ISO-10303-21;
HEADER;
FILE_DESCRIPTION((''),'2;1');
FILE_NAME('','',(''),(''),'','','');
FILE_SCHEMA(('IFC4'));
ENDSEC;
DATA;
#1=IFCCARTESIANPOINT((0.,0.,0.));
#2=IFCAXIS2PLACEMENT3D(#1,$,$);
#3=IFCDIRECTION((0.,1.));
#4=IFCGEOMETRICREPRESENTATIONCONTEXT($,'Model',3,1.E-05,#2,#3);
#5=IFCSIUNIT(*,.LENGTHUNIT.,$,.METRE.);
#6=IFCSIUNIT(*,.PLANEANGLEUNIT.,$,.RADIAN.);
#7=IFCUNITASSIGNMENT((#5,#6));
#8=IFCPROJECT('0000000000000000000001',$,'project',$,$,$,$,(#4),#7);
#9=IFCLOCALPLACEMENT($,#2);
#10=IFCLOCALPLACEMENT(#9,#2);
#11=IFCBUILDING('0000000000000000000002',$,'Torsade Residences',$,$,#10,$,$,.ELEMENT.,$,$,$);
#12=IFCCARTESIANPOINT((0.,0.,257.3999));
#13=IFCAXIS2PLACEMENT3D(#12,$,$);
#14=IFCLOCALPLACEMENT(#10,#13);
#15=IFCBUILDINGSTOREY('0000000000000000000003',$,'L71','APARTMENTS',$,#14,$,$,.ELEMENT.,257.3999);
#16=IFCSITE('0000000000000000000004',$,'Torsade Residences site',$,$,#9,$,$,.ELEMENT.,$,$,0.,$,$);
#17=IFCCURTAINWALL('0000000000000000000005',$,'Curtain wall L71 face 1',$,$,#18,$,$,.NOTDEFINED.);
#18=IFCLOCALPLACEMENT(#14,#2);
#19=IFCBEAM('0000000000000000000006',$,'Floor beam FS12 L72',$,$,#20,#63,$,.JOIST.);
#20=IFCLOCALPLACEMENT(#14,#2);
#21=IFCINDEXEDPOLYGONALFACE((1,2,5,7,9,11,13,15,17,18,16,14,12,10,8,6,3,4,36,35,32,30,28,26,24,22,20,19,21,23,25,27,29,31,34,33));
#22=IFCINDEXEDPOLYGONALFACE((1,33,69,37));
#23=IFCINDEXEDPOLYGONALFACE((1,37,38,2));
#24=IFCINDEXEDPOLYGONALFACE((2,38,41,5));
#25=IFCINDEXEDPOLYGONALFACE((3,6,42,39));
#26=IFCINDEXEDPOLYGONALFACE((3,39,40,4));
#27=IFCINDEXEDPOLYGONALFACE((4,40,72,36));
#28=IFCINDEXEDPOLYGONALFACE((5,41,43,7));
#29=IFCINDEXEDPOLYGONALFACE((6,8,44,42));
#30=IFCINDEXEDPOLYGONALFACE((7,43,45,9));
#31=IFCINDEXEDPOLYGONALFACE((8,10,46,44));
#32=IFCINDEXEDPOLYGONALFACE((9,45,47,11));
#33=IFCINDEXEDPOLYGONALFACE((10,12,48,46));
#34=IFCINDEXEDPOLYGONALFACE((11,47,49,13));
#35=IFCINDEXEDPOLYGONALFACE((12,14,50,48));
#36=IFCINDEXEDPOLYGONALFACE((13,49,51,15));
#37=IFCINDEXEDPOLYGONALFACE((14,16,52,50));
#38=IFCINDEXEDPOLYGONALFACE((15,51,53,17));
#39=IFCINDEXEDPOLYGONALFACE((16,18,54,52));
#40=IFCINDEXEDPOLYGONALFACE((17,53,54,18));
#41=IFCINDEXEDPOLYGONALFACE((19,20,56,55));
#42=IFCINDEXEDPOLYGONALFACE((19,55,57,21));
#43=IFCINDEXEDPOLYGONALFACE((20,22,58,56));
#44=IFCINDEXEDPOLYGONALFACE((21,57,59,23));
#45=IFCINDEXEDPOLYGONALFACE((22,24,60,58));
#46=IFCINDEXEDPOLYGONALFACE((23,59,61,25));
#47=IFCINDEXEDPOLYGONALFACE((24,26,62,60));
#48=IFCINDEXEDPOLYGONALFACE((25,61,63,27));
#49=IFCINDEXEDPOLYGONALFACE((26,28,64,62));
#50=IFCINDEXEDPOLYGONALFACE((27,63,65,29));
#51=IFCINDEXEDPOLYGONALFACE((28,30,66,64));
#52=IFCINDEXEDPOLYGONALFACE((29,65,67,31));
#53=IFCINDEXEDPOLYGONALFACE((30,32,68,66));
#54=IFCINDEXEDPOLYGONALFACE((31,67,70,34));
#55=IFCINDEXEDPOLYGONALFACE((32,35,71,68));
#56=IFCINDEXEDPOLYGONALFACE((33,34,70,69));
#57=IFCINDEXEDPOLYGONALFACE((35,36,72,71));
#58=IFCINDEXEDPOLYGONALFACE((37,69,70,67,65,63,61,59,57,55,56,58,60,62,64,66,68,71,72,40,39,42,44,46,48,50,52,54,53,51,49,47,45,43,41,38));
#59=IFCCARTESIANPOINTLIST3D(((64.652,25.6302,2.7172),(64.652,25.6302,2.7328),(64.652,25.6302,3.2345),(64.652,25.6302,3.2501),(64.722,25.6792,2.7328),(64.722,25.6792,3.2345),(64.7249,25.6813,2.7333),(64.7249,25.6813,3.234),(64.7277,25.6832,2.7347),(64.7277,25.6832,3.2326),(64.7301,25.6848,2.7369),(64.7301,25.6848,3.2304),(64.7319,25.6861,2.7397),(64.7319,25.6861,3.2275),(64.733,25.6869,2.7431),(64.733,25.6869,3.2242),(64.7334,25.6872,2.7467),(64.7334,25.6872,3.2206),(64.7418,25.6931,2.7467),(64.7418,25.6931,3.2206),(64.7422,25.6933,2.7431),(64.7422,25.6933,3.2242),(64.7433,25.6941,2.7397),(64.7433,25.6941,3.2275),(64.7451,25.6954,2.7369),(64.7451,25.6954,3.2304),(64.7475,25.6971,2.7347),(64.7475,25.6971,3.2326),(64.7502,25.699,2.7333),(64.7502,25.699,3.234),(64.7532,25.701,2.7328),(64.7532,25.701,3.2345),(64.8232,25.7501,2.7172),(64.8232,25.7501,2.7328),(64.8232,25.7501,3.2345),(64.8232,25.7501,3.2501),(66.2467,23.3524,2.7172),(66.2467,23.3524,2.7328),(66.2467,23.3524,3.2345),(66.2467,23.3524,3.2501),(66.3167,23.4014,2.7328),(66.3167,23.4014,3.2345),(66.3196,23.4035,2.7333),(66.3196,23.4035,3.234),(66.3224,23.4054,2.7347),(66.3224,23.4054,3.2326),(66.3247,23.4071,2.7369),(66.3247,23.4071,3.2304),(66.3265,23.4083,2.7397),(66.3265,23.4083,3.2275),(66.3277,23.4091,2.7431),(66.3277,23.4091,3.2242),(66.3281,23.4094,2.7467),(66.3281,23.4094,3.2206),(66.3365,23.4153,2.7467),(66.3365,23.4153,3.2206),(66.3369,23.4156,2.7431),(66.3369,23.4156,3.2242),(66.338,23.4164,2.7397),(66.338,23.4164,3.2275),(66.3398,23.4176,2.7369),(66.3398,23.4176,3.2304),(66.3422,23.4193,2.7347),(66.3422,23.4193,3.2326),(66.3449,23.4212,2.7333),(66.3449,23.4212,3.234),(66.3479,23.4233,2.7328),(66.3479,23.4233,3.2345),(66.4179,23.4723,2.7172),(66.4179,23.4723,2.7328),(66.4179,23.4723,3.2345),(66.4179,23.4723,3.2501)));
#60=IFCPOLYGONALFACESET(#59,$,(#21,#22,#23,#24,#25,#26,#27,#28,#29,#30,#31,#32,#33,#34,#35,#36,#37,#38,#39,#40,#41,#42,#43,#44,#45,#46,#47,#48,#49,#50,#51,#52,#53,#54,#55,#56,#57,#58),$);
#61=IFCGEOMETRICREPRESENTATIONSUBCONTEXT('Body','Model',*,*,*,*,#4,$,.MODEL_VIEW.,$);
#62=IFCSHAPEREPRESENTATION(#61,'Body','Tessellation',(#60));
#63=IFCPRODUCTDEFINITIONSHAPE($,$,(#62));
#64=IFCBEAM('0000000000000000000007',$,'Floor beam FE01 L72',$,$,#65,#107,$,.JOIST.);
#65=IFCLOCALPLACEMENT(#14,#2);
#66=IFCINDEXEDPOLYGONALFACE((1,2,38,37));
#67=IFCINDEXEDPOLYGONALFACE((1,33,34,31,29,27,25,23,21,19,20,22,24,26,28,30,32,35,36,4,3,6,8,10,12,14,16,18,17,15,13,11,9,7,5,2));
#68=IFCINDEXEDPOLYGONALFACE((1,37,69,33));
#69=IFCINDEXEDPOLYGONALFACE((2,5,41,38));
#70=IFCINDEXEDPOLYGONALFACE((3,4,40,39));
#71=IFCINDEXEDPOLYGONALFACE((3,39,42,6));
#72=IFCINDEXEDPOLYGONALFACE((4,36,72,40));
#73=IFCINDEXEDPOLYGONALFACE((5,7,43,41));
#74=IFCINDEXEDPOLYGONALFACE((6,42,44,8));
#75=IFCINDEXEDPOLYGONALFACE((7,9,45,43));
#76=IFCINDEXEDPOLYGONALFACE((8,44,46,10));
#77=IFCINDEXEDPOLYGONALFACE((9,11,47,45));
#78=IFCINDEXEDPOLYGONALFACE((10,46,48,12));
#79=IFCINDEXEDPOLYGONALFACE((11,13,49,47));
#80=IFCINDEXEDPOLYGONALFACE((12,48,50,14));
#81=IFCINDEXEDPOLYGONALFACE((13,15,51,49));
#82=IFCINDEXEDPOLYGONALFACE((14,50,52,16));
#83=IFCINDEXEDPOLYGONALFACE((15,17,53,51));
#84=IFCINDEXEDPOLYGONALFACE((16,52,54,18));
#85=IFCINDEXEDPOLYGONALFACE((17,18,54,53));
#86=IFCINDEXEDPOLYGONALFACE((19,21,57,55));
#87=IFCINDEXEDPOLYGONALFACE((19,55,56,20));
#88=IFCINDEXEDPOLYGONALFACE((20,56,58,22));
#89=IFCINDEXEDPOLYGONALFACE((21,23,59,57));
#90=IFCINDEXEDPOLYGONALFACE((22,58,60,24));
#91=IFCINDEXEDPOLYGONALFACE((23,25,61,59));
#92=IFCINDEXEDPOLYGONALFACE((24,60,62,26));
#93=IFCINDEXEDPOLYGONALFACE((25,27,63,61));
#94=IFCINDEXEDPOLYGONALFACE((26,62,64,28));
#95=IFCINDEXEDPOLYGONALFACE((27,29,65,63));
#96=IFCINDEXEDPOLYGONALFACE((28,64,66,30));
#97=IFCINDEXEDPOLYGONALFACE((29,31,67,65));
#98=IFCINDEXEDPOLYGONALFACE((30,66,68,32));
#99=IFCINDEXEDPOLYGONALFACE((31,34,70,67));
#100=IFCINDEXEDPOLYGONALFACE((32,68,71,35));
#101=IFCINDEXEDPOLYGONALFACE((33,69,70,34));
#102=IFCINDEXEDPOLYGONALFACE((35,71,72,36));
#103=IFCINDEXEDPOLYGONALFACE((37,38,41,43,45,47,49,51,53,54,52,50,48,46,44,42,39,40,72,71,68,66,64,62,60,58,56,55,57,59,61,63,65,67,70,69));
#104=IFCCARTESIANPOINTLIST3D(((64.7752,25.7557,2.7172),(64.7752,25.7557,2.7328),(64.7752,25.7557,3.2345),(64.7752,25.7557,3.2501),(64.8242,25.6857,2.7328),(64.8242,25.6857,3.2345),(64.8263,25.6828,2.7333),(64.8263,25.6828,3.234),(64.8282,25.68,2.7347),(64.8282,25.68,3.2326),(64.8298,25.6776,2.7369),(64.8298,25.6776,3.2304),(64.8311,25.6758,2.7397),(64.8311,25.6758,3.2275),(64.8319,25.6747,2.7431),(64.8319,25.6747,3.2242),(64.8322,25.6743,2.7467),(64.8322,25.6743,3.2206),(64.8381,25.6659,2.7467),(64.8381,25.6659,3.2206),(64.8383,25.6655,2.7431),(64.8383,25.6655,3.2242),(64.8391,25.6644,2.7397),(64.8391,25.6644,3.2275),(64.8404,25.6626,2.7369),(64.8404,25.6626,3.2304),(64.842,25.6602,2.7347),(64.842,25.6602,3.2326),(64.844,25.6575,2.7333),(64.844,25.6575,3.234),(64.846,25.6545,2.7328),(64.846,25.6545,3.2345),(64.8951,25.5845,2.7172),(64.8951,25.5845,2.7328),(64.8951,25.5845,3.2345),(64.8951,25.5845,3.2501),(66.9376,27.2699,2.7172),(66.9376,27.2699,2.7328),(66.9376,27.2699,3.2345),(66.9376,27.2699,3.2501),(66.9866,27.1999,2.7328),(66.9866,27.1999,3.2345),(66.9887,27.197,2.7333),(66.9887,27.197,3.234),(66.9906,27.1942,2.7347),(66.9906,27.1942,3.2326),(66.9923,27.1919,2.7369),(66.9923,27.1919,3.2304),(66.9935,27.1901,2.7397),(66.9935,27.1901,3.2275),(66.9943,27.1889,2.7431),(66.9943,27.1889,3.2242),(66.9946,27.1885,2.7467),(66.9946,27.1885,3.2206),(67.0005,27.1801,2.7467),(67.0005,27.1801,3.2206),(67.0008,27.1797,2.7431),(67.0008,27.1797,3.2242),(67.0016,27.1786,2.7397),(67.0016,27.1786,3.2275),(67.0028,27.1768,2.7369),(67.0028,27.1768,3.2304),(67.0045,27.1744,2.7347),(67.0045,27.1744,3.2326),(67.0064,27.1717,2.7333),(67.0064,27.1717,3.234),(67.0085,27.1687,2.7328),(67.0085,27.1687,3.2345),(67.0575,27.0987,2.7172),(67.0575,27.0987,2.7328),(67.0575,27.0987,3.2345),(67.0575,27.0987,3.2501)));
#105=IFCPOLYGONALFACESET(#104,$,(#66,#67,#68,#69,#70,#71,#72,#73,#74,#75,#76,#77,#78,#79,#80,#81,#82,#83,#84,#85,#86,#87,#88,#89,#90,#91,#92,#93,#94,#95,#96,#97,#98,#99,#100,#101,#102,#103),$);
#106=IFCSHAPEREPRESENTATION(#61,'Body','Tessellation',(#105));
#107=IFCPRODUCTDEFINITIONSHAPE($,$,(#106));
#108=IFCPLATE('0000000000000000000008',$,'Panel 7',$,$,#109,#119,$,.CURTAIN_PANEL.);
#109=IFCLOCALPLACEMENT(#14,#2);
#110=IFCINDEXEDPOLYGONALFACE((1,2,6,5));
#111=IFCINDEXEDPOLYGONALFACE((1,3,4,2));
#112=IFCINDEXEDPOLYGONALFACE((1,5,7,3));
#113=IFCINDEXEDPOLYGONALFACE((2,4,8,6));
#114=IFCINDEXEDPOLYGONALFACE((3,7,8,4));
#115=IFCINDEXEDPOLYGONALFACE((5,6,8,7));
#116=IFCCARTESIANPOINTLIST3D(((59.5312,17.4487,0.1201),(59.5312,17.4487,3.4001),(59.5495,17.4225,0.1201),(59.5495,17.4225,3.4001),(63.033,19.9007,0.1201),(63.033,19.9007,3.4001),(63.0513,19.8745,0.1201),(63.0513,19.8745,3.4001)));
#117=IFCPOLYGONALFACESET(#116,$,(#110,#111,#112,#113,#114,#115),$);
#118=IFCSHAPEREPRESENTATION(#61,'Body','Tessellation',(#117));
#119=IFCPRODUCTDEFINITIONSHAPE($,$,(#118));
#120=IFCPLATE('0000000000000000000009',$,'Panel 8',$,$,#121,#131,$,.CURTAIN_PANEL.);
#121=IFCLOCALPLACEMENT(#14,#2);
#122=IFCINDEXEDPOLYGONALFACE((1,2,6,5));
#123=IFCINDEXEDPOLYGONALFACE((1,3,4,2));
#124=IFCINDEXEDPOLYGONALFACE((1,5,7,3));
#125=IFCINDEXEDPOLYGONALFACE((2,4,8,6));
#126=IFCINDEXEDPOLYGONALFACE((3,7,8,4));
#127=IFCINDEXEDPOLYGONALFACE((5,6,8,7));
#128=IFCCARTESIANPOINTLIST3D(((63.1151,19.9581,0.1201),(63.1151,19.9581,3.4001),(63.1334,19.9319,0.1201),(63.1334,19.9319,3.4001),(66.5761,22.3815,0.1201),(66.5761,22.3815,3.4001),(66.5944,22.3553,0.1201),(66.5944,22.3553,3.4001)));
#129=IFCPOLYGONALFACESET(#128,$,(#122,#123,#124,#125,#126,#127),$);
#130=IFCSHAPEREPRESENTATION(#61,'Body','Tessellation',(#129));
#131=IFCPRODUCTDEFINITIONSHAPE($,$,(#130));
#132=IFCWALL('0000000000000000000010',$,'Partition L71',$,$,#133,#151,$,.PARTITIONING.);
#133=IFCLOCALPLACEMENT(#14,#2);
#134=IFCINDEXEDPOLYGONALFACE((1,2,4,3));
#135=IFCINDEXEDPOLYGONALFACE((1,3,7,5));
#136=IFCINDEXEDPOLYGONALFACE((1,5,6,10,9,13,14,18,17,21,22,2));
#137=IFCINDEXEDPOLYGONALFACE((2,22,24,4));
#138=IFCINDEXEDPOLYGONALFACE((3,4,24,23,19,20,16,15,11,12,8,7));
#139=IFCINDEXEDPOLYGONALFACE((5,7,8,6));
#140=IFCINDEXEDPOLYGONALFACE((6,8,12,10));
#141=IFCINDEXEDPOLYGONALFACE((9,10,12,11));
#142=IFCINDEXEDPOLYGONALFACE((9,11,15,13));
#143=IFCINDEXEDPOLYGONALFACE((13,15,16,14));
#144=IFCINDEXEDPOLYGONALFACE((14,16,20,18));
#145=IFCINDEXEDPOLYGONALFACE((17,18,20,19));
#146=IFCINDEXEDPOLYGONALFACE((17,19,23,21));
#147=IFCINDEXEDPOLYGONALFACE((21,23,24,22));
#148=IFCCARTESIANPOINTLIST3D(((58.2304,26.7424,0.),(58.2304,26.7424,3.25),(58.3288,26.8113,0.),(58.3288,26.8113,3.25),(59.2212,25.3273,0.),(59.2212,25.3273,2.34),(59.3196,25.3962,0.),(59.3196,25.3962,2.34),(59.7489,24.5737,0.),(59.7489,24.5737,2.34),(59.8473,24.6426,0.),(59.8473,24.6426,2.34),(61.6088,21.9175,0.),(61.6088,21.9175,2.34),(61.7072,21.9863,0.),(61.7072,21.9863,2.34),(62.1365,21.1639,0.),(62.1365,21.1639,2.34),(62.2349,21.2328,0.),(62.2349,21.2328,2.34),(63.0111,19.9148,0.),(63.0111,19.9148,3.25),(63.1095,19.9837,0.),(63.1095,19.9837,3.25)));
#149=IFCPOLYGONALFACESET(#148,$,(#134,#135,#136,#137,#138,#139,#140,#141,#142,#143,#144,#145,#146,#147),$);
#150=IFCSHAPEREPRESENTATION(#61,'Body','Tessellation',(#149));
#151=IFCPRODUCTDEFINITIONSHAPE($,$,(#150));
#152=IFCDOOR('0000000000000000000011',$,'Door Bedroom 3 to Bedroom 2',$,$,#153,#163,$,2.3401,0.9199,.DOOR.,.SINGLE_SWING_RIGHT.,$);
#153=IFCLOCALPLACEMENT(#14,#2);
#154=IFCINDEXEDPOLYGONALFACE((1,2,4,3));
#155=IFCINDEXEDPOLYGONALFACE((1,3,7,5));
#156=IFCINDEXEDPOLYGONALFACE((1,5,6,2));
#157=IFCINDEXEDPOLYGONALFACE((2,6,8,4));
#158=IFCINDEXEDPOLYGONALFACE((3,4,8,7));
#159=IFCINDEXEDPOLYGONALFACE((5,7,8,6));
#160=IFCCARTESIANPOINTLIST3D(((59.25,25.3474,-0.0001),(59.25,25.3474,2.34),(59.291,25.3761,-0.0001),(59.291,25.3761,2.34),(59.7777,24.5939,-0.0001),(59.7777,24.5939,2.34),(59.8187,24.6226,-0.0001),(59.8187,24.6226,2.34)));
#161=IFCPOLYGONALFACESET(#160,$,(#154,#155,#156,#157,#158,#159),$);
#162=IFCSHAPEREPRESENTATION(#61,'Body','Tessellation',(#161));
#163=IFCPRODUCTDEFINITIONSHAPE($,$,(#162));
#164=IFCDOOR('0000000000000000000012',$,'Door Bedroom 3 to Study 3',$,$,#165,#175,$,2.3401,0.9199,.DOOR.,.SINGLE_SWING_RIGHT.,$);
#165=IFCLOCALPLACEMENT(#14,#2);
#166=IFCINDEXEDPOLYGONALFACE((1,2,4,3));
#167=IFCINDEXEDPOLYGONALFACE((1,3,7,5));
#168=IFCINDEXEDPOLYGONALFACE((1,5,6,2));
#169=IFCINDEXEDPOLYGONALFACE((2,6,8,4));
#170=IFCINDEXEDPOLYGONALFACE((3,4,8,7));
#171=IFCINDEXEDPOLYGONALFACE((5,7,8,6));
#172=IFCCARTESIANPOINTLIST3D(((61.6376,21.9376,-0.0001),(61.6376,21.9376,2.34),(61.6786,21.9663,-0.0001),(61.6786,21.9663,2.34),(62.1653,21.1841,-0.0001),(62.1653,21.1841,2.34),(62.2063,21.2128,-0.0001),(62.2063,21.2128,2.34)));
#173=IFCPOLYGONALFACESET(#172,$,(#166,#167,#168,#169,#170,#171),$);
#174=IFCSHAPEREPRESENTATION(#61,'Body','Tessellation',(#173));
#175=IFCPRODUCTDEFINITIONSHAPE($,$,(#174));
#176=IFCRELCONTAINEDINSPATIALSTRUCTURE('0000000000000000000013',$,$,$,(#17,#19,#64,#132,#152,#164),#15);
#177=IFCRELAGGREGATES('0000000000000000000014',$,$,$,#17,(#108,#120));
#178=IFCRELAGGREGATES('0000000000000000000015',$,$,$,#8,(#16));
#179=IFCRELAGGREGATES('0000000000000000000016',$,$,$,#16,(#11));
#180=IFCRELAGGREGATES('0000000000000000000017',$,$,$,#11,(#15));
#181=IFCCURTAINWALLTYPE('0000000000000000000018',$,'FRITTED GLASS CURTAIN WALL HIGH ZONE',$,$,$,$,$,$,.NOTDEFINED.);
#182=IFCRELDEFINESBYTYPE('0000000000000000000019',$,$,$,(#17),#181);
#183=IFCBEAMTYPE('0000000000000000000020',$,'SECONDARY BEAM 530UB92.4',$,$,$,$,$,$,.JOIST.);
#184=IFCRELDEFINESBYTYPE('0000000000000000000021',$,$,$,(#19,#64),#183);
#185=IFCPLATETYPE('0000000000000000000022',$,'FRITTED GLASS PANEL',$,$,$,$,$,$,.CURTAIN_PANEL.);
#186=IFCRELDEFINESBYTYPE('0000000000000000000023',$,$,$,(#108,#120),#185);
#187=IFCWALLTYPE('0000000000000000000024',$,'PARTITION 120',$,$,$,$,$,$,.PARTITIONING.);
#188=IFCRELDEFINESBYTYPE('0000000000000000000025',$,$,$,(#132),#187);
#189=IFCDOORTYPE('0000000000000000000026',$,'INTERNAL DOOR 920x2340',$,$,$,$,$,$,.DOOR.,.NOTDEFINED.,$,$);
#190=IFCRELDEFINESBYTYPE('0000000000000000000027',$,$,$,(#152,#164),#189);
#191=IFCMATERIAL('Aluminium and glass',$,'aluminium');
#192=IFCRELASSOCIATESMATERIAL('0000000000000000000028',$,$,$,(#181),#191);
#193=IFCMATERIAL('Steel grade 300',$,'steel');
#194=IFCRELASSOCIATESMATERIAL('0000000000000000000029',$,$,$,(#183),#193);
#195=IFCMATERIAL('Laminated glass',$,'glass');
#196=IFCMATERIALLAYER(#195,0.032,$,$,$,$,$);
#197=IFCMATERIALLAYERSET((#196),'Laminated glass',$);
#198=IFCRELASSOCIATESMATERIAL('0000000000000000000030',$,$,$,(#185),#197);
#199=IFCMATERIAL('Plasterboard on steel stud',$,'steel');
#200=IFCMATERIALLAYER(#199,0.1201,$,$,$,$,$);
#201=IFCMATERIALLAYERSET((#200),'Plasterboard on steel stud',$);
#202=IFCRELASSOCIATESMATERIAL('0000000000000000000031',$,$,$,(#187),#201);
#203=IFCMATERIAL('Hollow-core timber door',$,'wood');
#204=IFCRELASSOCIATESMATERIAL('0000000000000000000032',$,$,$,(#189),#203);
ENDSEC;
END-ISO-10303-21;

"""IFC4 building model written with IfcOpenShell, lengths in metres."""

from ifc_helpers import new_model, si_unit, direction, frame, frame_2d, origin, origin_2d, place, context, subcontext, project, spatial, rectangle, i_section, extrude, material, layer, layer_set, material_profile, profile_set, type_object, element, fill, aggregate, save


model = new_model("IFC4")

# Units and contexts
model_context = context("Model", 3, precision=1e-05, world=origin(), true_north=direction((0.0, 1.0)))
body_context = subcontext(model_context, "Body", "Model", "MODEL_VIEW")
ifc_project = project(units=[si_unit("LENGTHUNIT", "METRE"), si_unit("PLANEANGLEUNIT", "RADIAN")], contexts=[model_context])

# Site, building, storey
site_placement = place(None, origin())
site = spatial("IfcSite", under=ifc_project, at=site_placement, Name="Torsade Residences site", CompositionType="ELEMENT", RefElevation=0.0)
building_placement = place(site_placement, origin())
building = spatial("IfcBuilding", under=site, at=building_placement, Name="Torsade Residences", CompositionType="ELEMENT")
storey_placement = place(building_placement, frame((0.0, 0.0, 257.3999)))
storey = spatial("IfcBuildingStorey", under=building, at=storey_placement, Name="L71", Description="APARTMENTS", CompositionType="ELEMENT", Elevation=257.3999)

# Curtain wall
ifc_material_1 = material(Name="Aluminium and glass", Category="aluminium")
curtain_wall_type = type_object("IfcCurtainWallType", Name="FRITTED GLASS CURTAIN WALL HIGH ZONE", PredefinedType="NOTDEFINED", material=ifc_material_1)
curtain_wall_1_placement = place(storey_placement, origin())
curtain_wall_1 = element("IfcCurtainWall", 1, at=curtain_wall_1_placement, inside=storey, type_object=curtain_wall_type, Name="Curtain wall L71 face 1", PredefinedType="NOTDEFINED")

# Beams
ifc_material_2 = material(Name="Steel grade 300", Category="steel")
ifc_material_profile_1 = material_profile(ifc_material_2, i_section(OverallWidth=0.209, OverallDepth=0.533, WebThickness=0.0103, FlangeThickness=0.0156, FilletRadius=0.0139, at=origin_2d()), Name="530UB92.4")
ifc_profile_set_1 = profile_set([ifc_material_profile_1], Name="Steel grade 300")
beam_type_1 = type_object("IfcBeamType", Name="SECONDARY BEAM 530UB92.4", PredefinedType="JOIST", material=ifc_profile_set_1)
beam_1_placement = place(storey_placement, frame((66.3323, 23.4124, 2.9836), z_axis=(-0.573521, 0.819191, 0.0), x_axis=(-0.819191, -0.573521, 0.0)))
element("IfcBeam", 2, at=beam_1_placement, inside=storey, type_object=beam_type_1, Name="Floor beam FS12 L72", PredefinedType="JOIST", context=body_context, shape_type="SweptSolid", body=[
    extrude(i_section(OverallWidth=0.209, OverallDepth=0.533, WebThickness=0.0103, FlangeThickness=0.0156, FilletRadius=0.0139, at=origin_2d()), origin(), (0.0, 0.0, 1.0), 2.7805),
])
beam_2_placement = place(storey_placement, frame((66.9976, 27.1843, 2.9836), z_axis=(-0.819141, -0.573593, 0.0), x_axis=(0.573593, -0.819141, 0.0)))
element("IfcBeam", 3, at=beam_2_placement, inside=storey, type_object=beam_type_1, Name="Floor beam FE01 L72", PredefinedType="JOIST", context=body_context, shape_type="SweptSolid", body=[
    extrude(i_section(OverallWidth=0.209, OverallDepth=0.533, WebThickness=0.0103, FlangeThickness=0.0156, FilletRadius=0.0139, at=origin_2d()), origin(), (0.0, 0.0, 1.0), 2.6399),
])

# Plates
ifc_material_3 = material(Name="Laminated glass", Category="glass")
ifc_layer_1 = layer(ifc_material_3, 0.032)
ifc_layer_set_1 = layer_set([ifc_layer_1], Name="Laminated glass")
plate_type = type_object("IfcPlateType", Name="FRITTED GLASS PANEL", PredefinedType="CURTAIN_PANEL", material=ifc_layer_set_1)
plate_1_placement = place(storey_placement, frame((61.2913, 18.6616, 0.1201), z_axis=(0.0, 0.0, 1.0), x_axis=(0.819152, 0.573576, 0.0)))
plate_1 = element("IfcPlate", 4, at=plate_1_placement, type_object=plate_type, Name="Panel 7", PredefinedType="CURTAIN_PANEL", context=body_context, shape_type="SweptSolid", body=[
    extrude(rectangle(XDim=4.2749, YDim=0.032, at=origin_2d()), origin(), (0.0, 0.0, 1.0), 3.28),
])
plate_2_placement = place(storey_placement, frame((64.8547, 21.1567, 0.1201), z_axis=(0.0, 0.0, 1.0), x_axis=(0.819152, 0.573576, 0.0)))
plate_2 = element("IfcPlate", 5, at=plate_2_placement, type_object=plate_type, Name="Panel 8", PredefinedType="CURTAIN_PANEL", context=body_context, shape_type="SweptSolid", body=[
    extrude(rectangle(XDim=4.2251, YDim=0.032, at=origin_2d()), origin(), (0.0, 0.0, 1.0), 3.28),
])
aggregate(curtain_wall_1, [plate_1, plate_2])

# Wall, openings, doors
ifc_material_4 = material(Name="Plasterboard on steel stud", Category="steel")
ifc_layer_2 = layer(ifc_material_4, 0.1201)
ifc_layer_set_2 = layer_set([ifc_layer_2], Name="Plasterboard on steel stud")
wall_type_1 = type_object("IfcWallType", Name="PARTITION 120", PredefinedType="PARTITIONING", material=ifc_layer_set_2)
wall_1_placement = place(storey_placement, frame((63.0603, 19.9492, 0.0), z_axis=(0.0, 0.0, 1.0), x_axis=(-0.573576, 0.819152, 0.0)))
wall_1 = element("IfcWall", 6, at=wall_1_placement, inside=storey, type_object=wall_type_1, Name="Partition L71", PredefinedType="PARTITIONING", context=body_context, shape_type="SweptSolid", body=[
    extrude(rectangle(XDim=8.335, YDim=0.1201, at=frame_2d((4.1675, 0.0))), origin(), (0.0, 0.0, 1.0), 3.25),
])
opening_1_placement = place(wall_1_placement, frame((5.6875, 0.0, 0.0)))
opening_1 = element("IfcOpeningElement", 7, at=opening_1_placement, cuts=wall_1, PredefinedType="OPENING", context=body_context, shape_type="SweptSolid", body=[
    extrude(rectangle(XDim=0.9199, YDim=2.3401, at=frame_2d((0.46, 1.1699))), frame((0.0, 0.0701, 0.0), z_axis=(0.0, -1.0, 0.0), x_axis=(1.0, 0.0, 0.0)), (0.0, 0.0, 1.0), 0.1401),
])
opening_2_placement = place(wall_1_placement, frame((1.5249, 0.0, 0.0)))
opening_2 = element("IfcOpeningElement", 8, at=opening_2_placement, cuts=wall_1, PredefinedType="OPENING", context=body_context, shape_type="SweptSolid", body=[
    extrude(rectangle(XDim=0.9199, YDim=2.3401, at=frame_2d((0.46, 1.1699))), frame((0.0, 0.0701, 0.0), z_axis=(0.0, -1.0, 0.0), x_axis=(1.0, 0.0, 0.0)), (0.0, 0.0, 1.0), 0.1401),
])
ifc_material_5 = material(Name="Hollow-core timber door", Category="wood")
door_type_1 = type_object("IfcDoorType", Name="INTERNAL DOOR 920x2340", OperationType="NOTDEFINED", PredefinedType="DOOR", material=ifc_material_5)
door_1_placement = place(opening_1_placement, origin())
door_1 = element("IfcDoor", 9, at=door_1_placement, inside=storey, type_object=door_type_1, Name="Door Bedroom 3 to Bedroom 2", OperationType="SINGLE_SWING_RIGHT", OverallHeight=2.3401, OverallWidth=0.9199, PredefinedType="DOOR", context=body_context, shape_type="SweptSolid", body=[
    extrude(rectangle(XDim=0.9199, YDim=2.3401, at=frame_2d((0.46, 1.1699))), frame((0.0, 0.0249, 0.0), z_axis=(0.0, -1.0, 0.0), x_axis=(1.0, 0.0, 0.0)), (0.0, 0.0, 1.0), 0.05),
])
fill(opening_1, door_1)
door_2_placement = place(opening_2_placement, origin())
door_2 = element("IfcDoor", 10, at=door_2_placement, inside=storey, type_object=door_type_1, Name="Door Bedroom 3 to Study 3", OperationType="SINGLE_SWING_RIGHT", OverallHeight=2.3401, OverallWidth=0.9199, PredefinedType="DOOR", context=body_context, shape_type="SweptSolid", body=[
    extrude(rectangle(XDim=0.9199, YDim=2.3401, at=frame_2d((0.46, 1.1699))), frame((0.0, 0.0249, 0.0), z_axis=(0.0, -1.0, 0.0), x_axis=(1.0, 0.0, 0.0)), (0.0, 0.0, 1.0), 0.05),
])
fill(opening_2, door_2)

save(model, "model.ifc")
